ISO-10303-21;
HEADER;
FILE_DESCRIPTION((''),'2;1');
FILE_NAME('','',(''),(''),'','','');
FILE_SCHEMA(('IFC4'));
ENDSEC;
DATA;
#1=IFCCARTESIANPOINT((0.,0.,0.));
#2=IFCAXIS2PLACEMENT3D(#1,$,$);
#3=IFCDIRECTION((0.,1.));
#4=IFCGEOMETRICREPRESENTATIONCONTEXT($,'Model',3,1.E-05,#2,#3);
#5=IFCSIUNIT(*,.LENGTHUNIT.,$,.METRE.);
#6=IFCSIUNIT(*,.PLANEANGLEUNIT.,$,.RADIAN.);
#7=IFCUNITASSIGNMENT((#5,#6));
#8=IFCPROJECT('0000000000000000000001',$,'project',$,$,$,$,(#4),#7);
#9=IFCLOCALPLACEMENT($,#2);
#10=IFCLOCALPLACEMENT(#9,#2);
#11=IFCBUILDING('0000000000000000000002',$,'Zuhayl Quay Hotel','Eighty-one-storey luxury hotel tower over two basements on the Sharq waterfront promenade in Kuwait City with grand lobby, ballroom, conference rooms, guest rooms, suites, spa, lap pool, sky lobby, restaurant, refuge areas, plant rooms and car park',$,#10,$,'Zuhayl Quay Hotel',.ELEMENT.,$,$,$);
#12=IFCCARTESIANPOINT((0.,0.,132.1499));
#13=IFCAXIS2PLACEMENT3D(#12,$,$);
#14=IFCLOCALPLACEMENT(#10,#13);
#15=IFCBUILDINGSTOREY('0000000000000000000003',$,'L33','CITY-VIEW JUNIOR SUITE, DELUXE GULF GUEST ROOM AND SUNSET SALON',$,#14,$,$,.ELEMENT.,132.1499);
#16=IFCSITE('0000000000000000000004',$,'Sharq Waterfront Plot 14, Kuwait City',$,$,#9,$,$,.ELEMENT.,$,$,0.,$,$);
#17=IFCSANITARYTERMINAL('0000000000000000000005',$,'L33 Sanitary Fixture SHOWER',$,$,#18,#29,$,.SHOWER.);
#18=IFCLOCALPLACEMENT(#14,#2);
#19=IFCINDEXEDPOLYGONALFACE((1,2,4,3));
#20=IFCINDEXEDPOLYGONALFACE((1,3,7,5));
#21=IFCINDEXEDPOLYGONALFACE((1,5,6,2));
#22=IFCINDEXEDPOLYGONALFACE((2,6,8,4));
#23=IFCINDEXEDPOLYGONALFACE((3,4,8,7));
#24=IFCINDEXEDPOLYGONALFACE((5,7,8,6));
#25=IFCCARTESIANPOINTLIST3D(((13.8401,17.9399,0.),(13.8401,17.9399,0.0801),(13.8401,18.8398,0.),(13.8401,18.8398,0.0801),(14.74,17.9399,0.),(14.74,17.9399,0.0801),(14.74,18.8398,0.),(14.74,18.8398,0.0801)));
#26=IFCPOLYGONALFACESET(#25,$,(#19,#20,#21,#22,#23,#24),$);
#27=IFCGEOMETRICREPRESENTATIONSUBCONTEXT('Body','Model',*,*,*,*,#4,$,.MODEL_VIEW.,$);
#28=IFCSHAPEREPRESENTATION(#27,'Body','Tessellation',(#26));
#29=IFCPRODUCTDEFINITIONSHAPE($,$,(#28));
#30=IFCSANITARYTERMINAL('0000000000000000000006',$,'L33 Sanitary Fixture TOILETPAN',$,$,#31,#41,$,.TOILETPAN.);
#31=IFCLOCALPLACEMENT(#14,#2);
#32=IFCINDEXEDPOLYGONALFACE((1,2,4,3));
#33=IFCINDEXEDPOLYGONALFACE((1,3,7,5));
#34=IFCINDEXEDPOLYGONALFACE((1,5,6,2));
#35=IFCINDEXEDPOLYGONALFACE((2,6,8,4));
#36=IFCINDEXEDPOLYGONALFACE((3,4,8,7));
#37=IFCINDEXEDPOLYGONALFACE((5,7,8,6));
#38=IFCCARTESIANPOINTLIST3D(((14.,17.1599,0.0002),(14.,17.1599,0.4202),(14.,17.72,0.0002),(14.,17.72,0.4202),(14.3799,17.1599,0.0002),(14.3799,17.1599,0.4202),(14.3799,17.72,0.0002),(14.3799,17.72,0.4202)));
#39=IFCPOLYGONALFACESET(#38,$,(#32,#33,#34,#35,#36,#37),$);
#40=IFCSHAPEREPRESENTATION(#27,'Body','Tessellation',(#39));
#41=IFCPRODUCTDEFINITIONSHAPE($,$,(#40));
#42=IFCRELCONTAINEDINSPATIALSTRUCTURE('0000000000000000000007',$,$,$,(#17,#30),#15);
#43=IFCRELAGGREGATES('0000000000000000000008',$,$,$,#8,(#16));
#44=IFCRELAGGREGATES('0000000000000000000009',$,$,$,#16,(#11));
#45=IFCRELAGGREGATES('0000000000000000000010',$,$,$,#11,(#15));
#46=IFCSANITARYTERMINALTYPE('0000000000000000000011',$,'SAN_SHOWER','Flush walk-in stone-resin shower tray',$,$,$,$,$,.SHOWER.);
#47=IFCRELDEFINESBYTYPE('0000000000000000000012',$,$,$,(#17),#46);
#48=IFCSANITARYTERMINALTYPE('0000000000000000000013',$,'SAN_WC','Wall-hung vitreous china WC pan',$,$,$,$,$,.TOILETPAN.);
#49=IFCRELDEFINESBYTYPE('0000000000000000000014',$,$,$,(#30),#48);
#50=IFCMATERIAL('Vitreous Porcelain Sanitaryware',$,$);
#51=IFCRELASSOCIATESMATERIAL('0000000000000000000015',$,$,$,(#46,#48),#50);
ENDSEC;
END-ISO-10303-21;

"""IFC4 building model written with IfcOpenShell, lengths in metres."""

from ifc_helpers import new_model, si_unit, direction, frame, origin, origin_2d, place, context, subcontext, project, spatial, rectangle, extrude, material, type_object, element, save


model = new_model("IFC4")

# Units and contexts
model_context = context("Model", 3, precision=1e-05, world=origin(), true_north=direction((0.0, 1.0)))
body_context = subcontext(model_context, "Body", "Model", "MODEL_VIEW")
ifc_project = project(units=[si_unit("LENGTHUNIT", "METRE"), si_unit("PLANEANGLEUNIT", "RADIAN")], contexts=[model_context])

# Site, building, storey
site_placement = place(None, origin())
site = spatial("IfcSite", under=ifc_project, at=site_placement, Name="Sharq Waterfront Plot 14, Kuwait City", CompositionType="ELEMENT", RefElevation=0.0)
building_placement = place(site_placement, origin())
building = spatial("IfcBuilding", under=site, at=building_placement, Name="Zuhayl Quay Hotel", Description="Eighty-one-storey luxury hotel tower over two basements on the Sharq waterfront promenade in Kuwait City with grand lobby, ballroom, conference rooms, guest rooms, suites, spa, lap pool, sky lobby, restaurant, refuge areas, plant rooms and car park", LongName="Zuhayl Quay Hotel", CompositionType="ELEMENT")
storey_placement = place(building_placement, frame((0.0, 0.0, 132.1499)))
storey = spatial("IfcBuildingStorey", under=building, at=storey_placement, Name="L33", Description="CITY-VIEW JUNIOR SUITE, DELUXE GULF GUEST ROOM AND SUNSET SALON", CompositionType="ELEMENT", Elevation=132.1499)

# Sanitary terminals
ifc_material_1 = material(Name="Vitreous Porcelain Sanitaryware")
sanitary_terminal_type_1 = type_object("IfcSanitaryTerminalType", Name="SAN_SHOWER", Description="Flush walk-in stone-resin shower tray", PredefinedType="SHOWER", material=ifc_material_1)
sanitary_terminal_1_placement = place(storey_placement, frame((14.29, 18.3899, 0.0), z_axis=(0.0, 0.0, 1.0), x_axis=(1.0, 0.0, 0.0)))
element("IfcSanitaryTerminal", 1, at=sanitary_terminal_1_placement, inside=storey, type_object=sanitary_terminal_type_1, Name="L33 Sanitary Fixture SHOWER", PredefinedType="SHOWER", context=body_context, shape_type="SweptSolid", body=[
    extrude(rectangle(XDim=0.8999, YDim=0.8999, at=origin_2d()), origin(), (0.0, 0.0, 1.0), 0.0801),
])
sanitary_terminal_type_2 = type_object("IfcSanitaryTerminalType", Name="SAN_WC", Description="Wall-hung vitreous china WC pan", PredefinedType="TOILETPAN", material=ifc_material_1)
sanitary_terminal_2_placement = place(storey_placement, frame((14.1899, 17.4399, 0.0002), z_axis=(0.0, 0.0, 1.0), x_axis=(1.0, 0.0, 0.0)))
element("IfcSanitaryTerminal", 2, at=sanitary_terminal_2_placement, inside=storey, type_object=sanitary_terminal_type_2, Name="L33 Sanitary Fixture TOILETPAN", PredefinedType="TOILETPAN", context=body_context, shape_type="SweptSolid", body=[
    extrude(rectangle(XDim=0.3799, YDim=0.5601, at=origin_2d()), origin(), (0.0, 0.0, 1.0), 0.4199),
])

save(model, "model.ifc")
